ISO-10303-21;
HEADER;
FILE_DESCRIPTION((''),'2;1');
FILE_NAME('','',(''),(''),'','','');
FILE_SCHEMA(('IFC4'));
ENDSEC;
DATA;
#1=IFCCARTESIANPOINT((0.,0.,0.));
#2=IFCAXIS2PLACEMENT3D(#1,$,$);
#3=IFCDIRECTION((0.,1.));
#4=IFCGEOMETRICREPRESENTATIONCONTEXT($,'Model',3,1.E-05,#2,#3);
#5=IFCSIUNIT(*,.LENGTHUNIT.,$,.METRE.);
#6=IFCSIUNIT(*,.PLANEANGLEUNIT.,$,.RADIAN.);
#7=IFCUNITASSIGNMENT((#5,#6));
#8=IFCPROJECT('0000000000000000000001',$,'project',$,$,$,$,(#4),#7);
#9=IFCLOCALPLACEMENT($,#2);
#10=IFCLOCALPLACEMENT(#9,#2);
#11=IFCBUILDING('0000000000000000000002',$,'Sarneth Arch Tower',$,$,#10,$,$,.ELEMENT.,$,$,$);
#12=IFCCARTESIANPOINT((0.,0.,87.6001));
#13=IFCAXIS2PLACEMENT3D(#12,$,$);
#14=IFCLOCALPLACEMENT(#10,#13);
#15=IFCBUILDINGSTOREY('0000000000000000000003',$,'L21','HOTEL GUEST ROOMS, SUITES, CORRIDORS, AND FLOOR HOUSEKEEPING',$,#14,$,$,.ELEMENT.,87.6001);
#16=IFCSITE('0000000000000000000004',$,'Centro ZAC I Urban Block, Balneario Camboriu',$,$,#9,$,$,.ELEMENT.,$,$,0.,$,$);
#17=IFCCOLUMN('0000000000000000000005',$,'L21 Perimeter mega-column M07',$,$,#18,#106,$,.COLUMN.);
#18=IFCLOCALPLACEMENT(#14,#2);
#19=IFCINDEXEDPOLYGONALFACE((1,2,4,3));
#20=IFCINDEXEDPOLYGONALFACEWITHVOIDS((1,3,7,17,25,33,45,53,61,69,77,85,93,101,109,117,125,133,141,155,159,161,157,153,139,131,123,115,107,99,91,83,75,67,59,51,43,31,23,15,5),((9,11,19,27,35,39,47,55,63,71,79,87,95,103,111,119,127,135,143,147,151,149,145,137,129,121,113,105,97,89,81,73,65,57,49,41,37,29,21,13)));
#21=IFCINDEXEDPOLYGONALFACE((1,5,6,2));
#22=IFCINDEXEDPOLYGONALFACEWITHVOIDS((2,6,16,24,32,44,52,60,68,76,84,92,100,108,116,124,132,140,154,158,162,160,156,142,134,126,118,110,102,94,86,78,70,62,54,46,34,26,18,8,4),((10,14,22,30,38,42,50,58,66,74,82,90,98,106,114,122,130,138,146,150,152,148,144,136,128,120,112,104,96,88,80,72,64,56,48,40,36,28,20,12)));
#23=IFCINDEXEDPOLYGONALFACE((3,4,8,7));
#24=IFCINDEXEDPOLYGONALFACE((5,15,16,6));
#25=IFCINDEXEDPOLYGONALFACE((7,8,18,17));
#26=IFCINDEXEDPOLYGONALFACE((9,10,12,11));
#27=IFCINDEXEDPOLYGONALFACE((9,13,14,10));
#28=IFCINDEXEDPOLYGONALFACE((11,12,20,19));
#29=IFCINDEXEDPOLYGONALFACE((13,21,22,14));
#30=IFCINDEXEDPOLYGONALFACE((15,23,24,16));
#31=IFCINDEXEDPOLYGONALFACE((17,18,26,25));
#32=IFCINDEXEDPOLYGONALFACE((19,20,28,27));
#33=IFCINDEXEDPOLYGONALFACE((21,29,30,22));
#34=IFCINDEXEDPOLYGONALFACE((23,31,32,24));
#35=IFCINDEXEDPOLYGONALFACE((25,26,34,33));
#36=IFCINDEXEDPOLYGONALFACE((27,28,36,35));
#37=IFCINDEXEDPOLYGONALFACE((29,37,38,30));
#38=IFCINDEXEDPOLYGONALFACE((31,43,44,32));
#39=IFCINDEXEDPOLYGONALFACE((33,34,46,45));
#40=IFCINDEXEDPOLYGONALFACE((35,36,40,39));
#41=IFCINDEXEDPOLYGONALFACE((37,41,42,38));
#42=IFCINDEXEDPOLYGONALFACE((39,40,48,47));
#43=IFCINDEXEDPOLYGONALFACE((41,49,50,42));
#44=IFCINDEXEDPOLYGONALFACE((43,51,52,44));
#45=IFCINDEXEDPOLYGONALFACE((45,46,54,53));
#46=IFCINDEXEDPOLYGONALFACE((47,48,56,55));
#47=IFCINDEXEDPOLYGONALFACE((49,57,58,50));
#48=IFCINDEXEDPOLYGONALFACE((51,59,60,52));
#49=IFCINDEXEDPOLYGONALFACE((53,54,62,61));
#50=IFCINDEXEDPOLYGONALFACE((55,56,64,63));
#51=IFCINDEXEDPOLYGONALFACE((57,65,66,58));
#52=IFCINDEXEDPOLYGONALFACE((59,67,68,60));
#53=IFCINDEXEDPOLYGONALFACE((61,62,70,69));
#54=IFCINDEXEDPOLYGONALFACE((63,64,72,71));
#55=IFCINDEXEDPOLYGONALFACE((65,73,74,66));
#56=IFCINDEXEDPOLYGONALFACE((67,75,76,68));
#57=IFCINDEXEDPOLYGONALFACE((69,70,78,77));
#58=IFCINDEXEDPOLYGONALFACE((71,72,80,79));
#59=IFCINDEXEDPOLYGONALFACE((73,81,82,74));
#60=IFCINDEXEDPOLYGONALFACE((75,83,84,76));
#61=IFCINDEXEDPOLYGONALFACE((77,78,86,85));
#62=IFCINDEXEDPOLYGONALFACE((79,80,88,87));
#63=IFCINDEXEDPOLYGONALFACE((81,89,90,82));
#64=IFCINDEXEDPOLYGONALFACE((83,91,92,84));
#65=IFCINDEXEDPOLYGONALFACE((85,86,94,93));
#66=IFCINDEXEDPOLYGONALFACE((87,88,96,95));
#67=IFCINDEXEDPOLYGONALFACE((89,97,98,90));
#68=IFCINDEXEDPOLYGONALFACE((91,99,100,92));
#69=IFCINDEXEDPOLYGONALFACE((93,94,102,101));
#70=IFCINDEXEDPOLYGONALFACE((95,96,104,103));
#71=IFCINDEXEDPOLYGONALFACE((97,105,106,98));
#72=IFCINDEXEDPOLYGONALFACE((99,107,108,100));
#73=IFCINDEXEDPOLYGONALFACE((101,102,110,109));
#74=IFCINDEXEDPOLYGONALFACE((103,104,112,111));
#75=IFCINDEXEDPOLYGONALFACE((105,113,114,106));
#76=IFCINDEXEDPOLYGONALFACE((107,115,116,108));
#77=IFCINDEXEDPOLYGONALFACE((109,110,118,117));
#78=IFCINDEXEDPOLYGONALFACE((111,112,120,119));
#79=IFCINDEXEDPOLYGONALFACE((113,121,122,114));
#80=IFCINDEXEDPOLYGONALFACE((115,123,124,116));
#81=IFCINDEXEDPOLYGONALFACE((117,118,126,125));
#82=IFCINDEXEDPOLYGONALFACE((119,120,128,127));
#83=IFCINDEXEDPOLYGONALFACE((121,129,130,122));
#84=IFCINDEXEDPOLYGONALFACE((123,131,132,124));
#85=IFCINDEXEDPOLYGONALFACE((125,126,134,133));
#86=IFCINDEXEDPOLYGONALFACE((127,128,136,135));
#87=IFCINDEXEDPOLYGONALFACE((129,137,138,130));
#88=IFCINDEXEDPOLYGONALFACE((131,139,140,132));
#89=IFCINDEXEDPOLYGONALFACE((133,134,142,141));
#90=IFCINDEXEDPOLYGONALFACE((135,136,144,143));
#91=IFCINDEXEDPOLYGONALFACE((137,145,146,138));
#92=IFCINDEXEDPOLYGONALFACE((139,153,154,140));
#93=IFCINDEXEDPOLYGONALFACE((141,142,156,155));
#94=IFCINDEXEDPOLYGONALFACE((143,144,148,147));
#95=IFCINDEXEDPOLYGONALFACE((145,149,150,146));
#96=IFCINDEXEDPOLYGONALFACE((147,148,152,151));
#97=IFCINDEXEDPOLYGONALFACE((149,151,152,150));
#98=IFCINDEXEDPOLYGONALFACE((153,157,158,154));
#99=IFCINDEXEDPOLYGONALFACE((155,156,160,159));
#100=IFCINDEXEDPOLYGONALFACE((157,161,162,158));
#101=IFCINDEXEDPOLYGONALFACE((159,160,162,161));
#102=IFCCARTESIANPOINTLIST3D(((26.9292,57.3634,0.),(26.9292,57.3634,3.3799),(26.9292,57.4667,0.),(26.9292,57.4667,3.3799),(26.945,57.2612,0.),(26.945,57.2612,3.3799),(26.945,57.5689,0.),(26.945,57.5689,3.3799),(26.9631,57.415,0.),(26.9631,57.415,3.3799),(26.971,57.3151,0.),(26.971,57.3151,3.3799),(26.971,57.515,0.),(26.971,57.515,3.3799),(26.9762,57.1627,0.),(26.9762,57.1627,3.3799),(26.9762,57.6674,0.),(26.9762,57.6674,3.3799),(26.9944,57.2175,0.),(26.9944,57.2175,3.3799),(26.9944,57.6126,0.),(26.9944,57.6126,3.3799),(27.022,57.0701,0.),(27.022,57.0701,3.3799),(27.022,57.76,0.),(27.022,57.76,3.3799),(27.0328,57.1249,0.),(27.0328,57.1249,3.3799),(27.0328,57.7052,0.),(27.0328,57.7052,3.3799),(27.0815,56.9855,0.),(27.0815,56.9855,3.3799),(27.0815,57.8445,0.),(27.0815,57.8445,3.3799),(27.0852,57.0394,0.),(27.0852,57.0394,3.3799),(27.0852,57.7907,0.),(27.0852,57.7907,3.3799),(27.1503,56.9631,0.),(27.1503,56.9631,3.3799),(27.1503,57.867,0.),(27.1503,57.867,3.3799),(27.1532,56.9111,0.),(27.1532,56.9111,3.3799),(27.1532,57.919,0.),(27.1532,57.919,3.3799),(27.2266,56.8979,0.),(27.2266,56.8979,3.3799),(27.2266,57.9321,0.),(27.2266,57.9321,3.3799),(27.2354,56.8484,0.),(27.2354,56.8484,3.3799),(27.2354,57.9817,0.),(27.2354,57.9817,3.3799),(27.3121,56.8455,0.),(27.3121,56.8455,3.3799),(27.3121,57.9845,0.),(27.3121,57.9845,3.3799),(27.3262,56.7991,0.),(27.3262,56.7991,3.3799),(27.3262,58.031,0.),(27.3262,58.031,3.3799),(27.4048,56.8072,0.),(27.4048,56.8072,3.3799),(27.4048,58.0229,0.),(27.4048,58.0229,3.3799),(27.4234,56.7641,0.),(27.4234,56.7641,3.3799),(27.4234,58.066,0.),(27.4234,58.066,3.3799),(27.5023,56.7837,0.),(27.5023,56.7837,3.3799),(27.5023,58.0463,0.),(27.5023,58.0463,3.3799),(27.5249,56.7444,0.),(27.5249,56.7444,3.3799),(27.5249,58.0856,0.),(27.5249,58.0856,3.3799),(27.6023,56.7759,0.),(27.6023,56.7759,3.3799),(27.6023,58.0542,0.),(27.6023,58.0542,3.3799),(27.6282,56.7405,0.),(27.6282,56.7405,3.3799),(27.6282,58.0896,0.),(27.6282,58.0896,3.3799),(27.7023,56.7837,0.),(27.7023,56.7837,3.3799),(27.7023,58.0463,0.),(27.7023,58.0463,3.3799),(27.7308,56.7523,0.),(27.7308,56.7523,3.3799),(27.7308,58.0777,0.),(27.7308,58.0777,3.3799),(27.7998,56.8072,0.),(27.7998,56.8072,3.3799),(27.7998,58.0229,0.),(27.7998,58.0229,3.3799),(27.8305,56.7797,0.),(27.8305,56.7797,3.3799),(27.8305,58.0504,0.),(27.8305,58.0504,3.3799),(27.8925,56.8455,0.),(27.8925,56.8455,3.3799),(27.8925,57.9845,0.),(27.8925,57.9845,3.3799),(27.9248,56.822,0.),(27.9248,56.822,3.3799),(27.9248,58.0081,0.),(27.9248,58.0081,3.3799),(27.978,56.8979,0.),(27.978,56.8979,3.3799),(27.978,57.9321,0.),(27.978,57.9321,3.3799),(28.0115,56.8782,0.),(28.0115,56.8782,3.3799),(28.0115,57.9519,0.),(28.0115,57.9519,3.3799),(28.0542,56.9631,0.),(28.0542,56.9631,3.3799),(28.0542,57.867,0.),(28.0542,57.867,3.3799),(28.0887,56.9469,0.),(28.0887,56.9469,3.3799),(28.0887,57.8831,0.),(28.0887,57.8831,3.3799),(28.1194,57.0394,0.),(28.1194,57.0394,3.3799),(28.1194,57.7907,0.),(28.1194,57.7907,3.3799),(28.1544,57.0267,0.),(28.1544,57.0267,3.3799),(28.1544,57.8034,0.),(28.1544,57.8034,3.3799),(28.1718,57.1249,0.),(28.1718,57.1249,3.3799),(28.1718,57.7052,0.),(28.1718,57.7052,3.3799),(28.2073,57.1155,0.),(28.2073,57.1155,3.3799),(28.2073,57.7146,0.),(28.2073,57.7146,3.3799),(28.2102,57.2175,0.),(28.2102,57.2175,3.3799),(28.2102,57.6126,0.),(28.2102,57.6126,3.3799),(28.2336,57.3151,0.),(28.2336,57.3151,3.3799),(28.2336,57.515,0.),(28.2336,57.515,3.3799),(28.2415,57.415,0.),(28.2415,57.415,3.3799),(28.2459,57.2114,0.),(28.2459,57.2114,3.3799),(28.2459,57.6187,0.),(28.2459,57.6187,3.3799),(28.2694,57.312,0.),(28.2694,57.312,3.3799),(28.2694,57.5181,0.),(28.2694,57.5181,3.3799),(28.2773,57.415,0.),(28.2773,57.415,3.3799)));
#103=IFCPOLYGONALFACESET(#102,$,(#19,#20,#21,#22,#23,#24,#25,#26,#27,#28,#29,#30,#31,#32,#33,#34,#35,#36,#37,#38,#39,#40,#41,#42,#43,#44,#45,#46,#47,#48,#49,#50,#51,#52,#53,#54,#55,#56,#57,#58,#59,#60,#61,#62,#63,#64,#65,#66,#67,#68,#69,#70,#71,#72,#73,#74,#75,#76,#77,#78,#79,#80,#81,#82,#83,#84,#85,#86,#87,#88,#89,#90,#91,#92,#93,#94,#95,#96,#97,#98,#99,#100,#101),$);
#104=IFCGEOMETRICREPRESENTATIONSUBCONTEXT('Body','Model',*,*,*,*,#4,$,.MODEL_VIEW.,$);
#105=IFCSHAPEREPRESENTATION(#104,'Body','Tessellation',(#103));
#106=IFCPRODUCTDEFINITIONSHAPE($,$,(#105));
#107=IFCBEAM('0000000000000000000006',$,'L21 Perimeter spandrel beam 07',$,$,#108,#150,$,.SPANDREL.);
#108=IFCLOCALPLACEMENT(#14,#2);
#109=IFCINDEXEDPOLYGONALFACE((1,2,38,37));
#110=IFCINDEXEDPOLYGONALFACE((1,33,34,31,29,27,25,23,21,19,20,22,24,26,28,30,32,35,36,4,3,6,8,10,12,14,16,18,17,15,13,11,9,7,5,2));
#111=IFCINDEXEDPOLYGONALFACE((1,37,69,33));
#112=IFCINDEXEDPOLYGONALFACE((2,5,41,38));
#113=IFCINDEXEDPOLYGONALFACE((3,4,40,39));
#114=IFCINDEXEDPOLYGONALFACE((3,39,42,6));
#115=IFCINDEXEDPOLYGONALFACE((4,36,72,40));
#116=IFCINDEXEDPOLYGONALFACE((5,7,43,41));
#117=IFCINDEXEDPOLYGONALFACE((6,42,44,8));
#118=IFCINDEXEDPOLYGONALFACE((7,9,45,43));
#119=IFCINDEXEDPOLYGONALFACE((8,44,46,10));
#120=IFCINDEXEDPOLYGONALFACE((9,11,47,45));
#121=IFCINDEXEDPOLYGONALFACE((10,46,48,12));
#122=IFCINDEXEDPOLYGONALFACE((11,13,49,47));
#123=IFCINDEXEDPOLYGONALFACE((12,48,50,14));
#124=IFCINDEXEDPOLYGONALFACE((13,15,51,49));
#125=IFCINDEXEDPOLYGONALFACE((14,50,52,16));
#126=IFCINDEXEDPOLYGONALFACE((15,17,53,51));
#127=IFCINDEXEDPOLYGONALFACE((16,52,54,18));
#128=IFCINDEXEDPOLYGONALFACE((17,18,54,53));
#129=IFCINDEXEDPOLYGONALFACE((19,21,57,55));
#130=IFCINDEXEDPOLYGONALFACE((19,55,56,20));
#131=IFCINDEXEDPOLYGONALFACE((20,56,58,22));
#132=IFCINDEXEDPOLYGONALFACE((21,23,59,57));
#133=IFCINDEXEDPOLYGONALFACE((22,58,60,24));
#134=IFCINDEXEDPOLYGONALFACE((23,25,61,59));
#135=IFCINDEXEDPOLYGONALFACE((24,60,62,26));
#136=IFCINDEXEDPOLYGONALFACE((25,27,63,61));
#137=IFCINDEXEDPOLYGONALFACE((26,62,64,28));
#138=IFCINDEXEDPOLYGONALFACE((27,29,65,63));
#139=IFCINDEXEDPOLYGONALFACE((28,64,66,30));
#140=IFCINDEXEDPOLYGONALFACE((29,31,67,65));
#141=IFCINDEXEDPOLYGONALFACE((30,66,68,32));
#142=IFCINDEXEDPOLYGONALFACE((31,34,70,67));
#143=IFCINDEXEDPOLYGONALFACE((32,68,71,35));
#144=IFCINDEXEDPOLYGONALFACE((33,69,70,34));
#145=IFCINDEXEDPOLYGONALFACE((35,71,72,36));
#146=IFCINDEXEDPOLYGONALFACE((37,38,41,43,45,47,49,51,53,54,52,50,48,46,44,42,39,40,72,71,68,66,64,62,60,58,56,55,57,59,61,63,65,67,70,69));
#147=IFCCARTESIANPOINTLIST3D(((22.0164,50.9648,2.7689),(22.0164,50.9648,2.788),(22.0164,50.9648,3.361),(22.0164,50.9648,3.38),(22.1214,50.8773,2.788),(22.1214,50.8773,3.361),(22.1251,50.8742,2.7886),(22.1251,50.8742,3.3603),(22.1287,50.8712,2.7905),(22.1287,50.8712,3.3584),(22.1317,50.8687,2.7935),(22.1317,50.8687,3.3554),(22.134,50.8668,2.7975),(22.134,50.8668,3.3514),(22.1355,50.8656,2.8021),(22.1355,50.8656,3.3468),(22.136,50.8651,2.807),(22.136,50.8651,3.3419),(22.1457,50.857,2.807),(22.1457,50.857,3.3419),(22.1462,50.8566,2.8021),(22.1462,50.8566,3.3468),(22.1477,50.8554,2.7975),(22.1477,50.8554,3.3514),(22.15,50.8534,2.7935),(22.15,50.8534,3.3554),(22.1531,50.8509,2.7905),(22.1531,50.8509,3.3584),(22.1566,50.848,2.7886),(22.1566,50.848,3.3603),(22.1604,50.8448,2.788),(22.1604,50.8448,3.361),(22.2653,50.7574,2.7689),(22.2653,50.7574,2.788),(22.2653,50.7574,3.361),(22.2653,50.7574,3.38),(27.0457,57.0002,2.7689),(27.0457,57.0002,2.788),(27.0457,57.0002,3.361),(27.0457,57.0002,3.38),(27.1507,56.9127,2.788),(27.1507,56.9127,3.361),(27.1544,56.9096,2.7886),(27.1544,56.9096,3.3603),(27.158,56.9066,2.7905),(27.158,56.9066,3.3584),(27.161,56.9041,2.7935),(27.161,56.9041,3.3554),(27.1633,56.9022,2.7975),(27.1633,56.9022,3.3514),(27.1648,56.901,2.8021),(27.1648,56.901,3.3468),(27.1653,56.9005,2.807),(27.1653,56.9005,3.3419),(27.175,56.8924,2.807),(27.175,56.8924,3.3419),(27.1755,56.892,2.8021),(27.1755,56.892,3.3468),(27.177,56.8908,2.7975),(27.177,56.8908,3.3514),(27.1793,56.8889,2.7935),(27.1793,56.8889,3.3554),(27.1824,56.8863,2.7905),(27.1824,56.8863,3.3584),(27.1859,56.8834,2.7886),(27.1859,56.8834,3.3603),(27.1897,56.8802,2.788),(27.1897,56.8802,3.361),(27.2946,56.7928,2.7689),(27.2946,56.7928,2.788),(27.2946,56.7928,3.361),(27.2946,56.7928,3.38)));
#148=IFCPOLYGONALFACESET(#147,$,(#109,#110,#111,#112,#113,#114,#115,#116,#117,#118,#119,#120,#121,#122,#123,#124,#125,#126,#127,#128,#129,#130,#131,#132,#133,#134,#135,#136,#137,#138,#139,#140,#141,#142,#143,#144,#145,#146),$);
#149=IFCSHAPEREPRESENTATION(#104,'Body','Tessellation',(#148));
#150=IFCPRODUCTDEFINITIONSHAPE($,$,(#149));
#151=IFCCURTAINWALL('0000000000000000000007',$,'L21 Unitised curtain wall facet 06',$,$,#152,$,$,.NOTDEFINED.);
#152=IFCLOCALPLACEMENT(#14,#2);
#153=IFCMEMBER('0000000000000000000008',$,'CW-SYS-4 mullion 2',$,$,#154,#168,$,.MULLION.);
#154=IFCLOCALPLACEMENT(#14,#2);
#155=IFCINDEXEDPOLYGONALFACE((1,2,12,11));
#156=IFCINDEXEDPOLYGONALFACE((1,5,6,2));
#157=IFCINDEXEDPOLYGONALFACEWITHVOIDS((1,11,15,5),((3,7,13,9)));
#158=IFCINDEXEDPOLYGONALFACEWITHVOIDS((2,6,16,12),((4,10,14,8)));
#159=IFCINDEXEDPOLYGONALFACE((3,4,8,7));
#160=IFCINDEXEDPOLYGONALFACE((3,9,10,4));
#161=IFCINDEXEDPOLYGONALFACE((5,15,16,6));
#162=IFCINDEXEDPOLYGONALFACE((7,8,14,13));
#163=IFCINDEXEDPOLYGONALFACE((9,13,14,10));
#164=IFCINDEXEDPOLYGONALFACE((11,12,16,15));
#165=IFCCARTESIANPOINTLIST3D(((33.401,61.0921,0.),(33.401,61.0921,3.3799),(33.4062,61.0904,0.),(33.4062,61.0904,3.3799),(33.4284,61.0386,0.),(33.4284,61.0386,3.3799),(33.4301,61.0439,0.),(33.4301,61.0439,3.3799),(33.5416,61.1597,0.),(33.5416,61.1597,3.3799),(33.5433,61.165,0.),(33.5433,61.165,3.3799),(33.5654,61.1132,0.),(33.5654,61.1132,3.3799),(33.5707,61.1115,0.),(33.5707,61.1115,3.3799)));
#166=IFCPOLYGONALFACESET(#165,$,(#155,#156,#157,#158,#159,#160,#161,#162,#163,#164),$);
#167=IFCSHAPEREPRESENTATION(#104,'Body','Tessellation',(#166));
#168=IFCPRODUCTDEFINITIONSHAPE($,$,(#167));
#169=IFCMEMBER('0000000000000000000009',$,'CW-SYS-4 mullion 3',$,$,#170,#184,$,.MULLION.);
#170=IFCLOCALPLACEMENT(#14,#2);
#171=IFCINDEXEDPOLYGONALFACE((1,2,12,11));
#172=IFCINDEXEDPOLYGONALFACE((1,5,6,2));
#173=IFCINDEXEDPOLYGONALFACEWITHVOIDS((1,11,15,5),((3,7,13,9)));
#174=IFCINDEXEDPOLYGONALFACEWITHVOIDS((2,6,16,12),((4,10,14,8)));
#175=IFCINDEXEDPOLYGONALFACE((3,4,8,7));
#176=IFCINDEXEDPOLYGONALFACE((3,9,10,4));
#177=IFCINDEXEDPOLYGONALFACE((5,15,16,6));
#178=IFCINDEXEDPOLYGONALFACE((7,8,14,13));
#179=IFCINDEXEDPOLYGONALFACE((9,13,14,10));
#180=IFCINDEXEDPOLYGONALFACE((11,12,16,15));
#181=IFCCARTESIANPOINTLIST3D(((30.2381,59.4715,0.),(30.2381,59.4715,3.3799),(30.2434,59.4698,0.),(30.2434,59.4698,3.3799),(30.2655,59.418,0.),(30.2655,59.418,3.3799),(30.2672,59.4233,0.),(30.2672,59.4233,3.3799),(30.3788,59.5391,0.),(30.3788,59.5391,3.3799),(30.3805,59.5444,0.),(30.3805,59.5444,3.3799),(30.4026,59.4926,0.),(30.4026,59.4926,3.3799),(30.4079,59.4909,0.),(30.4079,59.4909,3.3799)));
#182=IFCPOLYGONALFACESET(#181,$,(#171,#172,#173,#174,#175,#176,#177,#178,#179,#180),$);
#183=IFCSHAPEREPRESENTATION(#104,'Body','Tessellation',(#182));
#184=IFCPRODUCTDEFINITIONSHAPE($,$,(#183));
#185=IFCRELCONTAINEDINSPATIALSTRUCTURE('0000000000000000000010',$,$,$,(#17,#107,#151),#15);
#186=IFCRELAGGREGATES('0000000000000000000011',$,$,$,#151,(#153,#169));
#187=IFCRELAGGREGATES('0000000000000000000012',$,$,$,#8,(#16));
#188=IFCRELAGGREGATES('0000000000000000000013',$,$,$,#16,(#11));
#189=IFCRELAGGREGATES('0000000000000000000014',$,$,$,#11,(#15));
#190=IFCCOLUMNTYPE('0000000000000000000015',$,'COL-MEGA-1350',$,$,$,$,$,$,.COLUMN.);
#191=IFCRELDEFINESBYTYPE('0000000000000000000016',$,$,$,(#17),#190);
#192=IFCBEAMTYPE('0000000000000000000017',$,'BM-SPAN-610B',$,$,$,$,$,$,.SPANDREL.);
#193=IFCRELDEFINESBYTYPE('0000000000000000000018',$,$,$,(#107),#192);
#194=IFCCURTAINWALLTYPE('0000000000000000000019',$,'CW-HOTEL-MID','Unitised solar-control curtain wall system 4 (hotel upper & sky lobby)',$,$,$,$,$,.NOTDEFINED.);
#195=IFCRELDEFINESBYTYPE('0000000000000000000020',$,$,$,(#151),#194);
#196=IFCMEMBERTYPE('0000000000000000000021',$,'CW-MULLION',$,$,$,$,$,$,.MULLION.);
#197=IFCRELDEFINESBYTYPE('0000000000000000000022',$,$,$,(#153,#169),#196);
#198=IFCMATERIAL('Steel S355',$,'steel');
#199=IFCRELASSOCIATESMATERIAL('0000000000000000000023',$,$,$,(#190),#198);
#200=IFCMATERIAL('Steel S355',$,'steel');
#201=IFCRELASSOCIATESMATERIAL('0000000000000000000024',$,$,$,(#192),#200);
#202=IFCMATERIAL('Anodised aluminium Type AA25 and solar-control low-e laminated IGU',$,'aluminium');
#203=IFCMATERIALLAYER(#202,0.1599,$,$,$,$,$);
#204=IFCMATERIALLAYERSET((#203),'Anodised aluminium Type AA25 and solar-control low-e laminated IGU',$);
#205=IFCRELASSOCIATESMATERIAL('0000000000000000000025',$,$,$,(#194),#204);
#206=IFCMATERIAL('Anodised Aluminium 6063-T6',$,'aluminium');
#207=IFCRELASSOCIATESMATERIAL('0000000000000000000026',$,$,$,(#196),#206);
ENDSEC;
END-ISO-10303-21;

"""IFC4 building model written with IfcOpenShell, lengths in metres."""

from ifc_helpers import new_model, si_unit, direction, frame, origin, origin_2d, place, context, subcontext, project, spatial, hollow_rectangle, hollow_circle, i_section, extrude, material, layer, layer_set, material_profile, profile_set, type_object, element, aggregate, save


model = new_model("IFC4")

# Units and contexts
model_context = context("Model", 3, precision=1e-05, world=origin(), true_north=direction((0.0, 1.0)))
body_context = subcontext(model_context, "Body", "Model", "MODEL_VIEW")
ifc_project = project(units=[si_unit("LENGTHUNIT", "METRE"), si_unit("PLANEANGLEUNIT", "RADIAN")], contexts=[model_context])

# Site, building, storey
site_placement = place(None, origin())
site = spatial("IfcSite", under=ifc_project, at=site_placement, Name="Centro ZAC I Urban Block, Balneario Camboriu", CompositionType="ELEMENT", RefElevation=0.0)
building_placement = place(site_placement, origin())
building = spatial("IfcBuilding", under=site, at=building_placement, Name="Sarneth Arch Tower", CompositionType="ELEMENT")
storey_placement = place(building_placement, frame((0.0, 0.0, 87.6001)))
storey = spatial("IfcBuildingStorey", under=building, at=storey_placement, Name="L21", Description="HOTEL GUEST ROOMS, SUITES, CORRIDORS, AND FLOOR HOUSEKEEPING", CompositionType="ELEMENT", Elevation=87.6001)

# Column
ifc_material_1 = material(Name="Steel S355", Category="steel")
ifc_material_profile_1 = material_profile(ifc_material_1, hollow_circle(Radius=0.675, WallThickness=0.0359, at=origin_2d()), Name="CHS1350x36")
ifc_profile_set_1 = profile_set([ifc_material_profile_1], Name="Steel S355")
column_type = type_object("IfcColumnType", Name="COL-MEGA-1350", PredefinedType="COLUMN", material=ifc_profile_set_1)
column_placement = place(storey_placement, frame((27.6023, 57.415, 0.0), z_axis=(0.0, 0.0, 1.0), x_axis=(1.0, 0.0, 0.0)))
element("IfcColumn", 1, at=column_placement, inside=storey, type_object=column_type, Name="L21 Perimeter mega-column M07", PredefinedType="COLUMN", context=body_context, shape_type="SweptSolid", body=[
    extrude(hollow_circle(Radius=0.675, WallThickness=0.0359, at=origin_2d()), origin(), (0.0, 0.0, 1.0), 3.3799),
])

# Beam
ifc_material_2 = material(Name="Steel S355", Category="steel")
ifc_material_profile_2 = material_profile(ifc_material_2, i_section(OverallWidth=0.324, OverallDepth=0.6111, WebThickness=0.0127, FlangeThickness=0.019, FilletRadius=0.019, at=origin_2d()), Name="W610x155")
ifc_profile_set_2 = profile_set([ifc_material_profile_2], Name="Steel S355")
beam_type = type_object("IfcBeamType", Name="BM-SPAN-610B", PredefinedType="SPANDREL", material=ifc_profile_set_2)
beam_placement = place(storey_placement, frame((27.1702, 56.8965, 3.0745), z_axis=(-0.640169, -0.768234, 0.0), x_axis=(0.768234, -0.640169, 0.0)))
element("IfcBeam", 2, at=beam_placement, inside=storey, type_object=beam_type, Name="L21 Perimeter spandrel beam 07", PredefinedType="SPANDREL", context=body_context, shape_type="SweptSolid", body=[
    extrude(i_section(OverallWidth=0.324, OverallDepth=0.6111, WebThickness=0.0127, FlangeThickness=0.019, FilletRadius=0.019, at=origin_2d()), origin(), (0.0, 0.0, 1.0), 7.8562),
])

# Curtain wall, members
ifc_material_3 = material(Name="Anodised aluminium Type AA25 and solar-control low-e laminated IGU", Category="aluminium")
ifc_layer_1 = layer(ifc_material_3, 0.1599)
ifc_layer_set_1 = layer_set([ifc_layer_1], Name="Anodised aluminium Type AA25 and solar-control low-e laminated IGU")
curtain_wall_type = type_object("IfcCurtainWallType", Name="CW-HOTEL-MID", Description="Unitised solar-control curtain wall system 4 (hotel upper & sky lobby)", PredefinedType="NOTDEFINED", material=ifc_layer_set_1)
curtain_wall_placement = place(storey_placement, origin())
curtain_wall = element("IfcCurtainWall", 3, at=curtain_wall_placement, inside=storey, type_object=curtain_wall_type, Name="L21 Unitised curtain wall facet 06", PredefinedType="NOTDEFINED")
ifc_material_4 = material(Name="Anodised Aluminium 6063-T6", Category="aluminium")
ifc_material_profile_3 = material_profile(ifc_material_4, hollow_rectangle(XDim=0.0601, YDim=0.1599, WallThickness=0.0039, at=origin_2d()), Name="AL-MULL-160x60x4")
ifc_profile_set_3 = profile_set([ifc_material_profile_3], Name="Anodised Aluminium 6063-T6")
member_type_1 = type_object("IfcMemberType", Name="CW-MULLION", PredefinedType="MULLION", material=ifc_profile_set_3)
member_1_placement = place(storey_placement, frame((33.4858, 61.1018, 0.0), z_axis=(0.0, 0.0, 1.0), x_axis=(0.456031, -0.889964, 0.0)))
member_1 = element("IfcMember", 4, at=member_1_placement, type_object=member_type_1, Name="CW-SYS-4 mullion 2", PredefinedType="MULLION", context=body_context, shape_type="SweptSolid", body=[
    extrude(hollow_rectangle(XDim=0.0601, YDim=0.1599, WallThickness=0.0039, at=origin_2d()), origin(), (0.0, 0.0, 1.0), 3.3799),
])
member_2_placement = place(storey_placement, frame((30.323, 59.4812, 0.0), z_axis=(0.0, 0.0, 1.0), x_axis=(0.456031, -0.889964, 0.0)))
member_2 = element("IfcMember", 5, at=member_2_placement, type_object=member_type_1, Name="CW-SYS-4 mullion 3", PredefinedType="MULLION", context=body_context, shape_type="SweptSolid", body=[
    extrude(hollow_rectangle(XDim=0.0601, YDim=0.1599, WallThickness=0.0039, at=origin_2d()), origin(), (0.0, 0.0, 1.0), 3.3799),
])

aggregate(curtain_wall, [member_1, member_2])

save(model, "model.ifc")
